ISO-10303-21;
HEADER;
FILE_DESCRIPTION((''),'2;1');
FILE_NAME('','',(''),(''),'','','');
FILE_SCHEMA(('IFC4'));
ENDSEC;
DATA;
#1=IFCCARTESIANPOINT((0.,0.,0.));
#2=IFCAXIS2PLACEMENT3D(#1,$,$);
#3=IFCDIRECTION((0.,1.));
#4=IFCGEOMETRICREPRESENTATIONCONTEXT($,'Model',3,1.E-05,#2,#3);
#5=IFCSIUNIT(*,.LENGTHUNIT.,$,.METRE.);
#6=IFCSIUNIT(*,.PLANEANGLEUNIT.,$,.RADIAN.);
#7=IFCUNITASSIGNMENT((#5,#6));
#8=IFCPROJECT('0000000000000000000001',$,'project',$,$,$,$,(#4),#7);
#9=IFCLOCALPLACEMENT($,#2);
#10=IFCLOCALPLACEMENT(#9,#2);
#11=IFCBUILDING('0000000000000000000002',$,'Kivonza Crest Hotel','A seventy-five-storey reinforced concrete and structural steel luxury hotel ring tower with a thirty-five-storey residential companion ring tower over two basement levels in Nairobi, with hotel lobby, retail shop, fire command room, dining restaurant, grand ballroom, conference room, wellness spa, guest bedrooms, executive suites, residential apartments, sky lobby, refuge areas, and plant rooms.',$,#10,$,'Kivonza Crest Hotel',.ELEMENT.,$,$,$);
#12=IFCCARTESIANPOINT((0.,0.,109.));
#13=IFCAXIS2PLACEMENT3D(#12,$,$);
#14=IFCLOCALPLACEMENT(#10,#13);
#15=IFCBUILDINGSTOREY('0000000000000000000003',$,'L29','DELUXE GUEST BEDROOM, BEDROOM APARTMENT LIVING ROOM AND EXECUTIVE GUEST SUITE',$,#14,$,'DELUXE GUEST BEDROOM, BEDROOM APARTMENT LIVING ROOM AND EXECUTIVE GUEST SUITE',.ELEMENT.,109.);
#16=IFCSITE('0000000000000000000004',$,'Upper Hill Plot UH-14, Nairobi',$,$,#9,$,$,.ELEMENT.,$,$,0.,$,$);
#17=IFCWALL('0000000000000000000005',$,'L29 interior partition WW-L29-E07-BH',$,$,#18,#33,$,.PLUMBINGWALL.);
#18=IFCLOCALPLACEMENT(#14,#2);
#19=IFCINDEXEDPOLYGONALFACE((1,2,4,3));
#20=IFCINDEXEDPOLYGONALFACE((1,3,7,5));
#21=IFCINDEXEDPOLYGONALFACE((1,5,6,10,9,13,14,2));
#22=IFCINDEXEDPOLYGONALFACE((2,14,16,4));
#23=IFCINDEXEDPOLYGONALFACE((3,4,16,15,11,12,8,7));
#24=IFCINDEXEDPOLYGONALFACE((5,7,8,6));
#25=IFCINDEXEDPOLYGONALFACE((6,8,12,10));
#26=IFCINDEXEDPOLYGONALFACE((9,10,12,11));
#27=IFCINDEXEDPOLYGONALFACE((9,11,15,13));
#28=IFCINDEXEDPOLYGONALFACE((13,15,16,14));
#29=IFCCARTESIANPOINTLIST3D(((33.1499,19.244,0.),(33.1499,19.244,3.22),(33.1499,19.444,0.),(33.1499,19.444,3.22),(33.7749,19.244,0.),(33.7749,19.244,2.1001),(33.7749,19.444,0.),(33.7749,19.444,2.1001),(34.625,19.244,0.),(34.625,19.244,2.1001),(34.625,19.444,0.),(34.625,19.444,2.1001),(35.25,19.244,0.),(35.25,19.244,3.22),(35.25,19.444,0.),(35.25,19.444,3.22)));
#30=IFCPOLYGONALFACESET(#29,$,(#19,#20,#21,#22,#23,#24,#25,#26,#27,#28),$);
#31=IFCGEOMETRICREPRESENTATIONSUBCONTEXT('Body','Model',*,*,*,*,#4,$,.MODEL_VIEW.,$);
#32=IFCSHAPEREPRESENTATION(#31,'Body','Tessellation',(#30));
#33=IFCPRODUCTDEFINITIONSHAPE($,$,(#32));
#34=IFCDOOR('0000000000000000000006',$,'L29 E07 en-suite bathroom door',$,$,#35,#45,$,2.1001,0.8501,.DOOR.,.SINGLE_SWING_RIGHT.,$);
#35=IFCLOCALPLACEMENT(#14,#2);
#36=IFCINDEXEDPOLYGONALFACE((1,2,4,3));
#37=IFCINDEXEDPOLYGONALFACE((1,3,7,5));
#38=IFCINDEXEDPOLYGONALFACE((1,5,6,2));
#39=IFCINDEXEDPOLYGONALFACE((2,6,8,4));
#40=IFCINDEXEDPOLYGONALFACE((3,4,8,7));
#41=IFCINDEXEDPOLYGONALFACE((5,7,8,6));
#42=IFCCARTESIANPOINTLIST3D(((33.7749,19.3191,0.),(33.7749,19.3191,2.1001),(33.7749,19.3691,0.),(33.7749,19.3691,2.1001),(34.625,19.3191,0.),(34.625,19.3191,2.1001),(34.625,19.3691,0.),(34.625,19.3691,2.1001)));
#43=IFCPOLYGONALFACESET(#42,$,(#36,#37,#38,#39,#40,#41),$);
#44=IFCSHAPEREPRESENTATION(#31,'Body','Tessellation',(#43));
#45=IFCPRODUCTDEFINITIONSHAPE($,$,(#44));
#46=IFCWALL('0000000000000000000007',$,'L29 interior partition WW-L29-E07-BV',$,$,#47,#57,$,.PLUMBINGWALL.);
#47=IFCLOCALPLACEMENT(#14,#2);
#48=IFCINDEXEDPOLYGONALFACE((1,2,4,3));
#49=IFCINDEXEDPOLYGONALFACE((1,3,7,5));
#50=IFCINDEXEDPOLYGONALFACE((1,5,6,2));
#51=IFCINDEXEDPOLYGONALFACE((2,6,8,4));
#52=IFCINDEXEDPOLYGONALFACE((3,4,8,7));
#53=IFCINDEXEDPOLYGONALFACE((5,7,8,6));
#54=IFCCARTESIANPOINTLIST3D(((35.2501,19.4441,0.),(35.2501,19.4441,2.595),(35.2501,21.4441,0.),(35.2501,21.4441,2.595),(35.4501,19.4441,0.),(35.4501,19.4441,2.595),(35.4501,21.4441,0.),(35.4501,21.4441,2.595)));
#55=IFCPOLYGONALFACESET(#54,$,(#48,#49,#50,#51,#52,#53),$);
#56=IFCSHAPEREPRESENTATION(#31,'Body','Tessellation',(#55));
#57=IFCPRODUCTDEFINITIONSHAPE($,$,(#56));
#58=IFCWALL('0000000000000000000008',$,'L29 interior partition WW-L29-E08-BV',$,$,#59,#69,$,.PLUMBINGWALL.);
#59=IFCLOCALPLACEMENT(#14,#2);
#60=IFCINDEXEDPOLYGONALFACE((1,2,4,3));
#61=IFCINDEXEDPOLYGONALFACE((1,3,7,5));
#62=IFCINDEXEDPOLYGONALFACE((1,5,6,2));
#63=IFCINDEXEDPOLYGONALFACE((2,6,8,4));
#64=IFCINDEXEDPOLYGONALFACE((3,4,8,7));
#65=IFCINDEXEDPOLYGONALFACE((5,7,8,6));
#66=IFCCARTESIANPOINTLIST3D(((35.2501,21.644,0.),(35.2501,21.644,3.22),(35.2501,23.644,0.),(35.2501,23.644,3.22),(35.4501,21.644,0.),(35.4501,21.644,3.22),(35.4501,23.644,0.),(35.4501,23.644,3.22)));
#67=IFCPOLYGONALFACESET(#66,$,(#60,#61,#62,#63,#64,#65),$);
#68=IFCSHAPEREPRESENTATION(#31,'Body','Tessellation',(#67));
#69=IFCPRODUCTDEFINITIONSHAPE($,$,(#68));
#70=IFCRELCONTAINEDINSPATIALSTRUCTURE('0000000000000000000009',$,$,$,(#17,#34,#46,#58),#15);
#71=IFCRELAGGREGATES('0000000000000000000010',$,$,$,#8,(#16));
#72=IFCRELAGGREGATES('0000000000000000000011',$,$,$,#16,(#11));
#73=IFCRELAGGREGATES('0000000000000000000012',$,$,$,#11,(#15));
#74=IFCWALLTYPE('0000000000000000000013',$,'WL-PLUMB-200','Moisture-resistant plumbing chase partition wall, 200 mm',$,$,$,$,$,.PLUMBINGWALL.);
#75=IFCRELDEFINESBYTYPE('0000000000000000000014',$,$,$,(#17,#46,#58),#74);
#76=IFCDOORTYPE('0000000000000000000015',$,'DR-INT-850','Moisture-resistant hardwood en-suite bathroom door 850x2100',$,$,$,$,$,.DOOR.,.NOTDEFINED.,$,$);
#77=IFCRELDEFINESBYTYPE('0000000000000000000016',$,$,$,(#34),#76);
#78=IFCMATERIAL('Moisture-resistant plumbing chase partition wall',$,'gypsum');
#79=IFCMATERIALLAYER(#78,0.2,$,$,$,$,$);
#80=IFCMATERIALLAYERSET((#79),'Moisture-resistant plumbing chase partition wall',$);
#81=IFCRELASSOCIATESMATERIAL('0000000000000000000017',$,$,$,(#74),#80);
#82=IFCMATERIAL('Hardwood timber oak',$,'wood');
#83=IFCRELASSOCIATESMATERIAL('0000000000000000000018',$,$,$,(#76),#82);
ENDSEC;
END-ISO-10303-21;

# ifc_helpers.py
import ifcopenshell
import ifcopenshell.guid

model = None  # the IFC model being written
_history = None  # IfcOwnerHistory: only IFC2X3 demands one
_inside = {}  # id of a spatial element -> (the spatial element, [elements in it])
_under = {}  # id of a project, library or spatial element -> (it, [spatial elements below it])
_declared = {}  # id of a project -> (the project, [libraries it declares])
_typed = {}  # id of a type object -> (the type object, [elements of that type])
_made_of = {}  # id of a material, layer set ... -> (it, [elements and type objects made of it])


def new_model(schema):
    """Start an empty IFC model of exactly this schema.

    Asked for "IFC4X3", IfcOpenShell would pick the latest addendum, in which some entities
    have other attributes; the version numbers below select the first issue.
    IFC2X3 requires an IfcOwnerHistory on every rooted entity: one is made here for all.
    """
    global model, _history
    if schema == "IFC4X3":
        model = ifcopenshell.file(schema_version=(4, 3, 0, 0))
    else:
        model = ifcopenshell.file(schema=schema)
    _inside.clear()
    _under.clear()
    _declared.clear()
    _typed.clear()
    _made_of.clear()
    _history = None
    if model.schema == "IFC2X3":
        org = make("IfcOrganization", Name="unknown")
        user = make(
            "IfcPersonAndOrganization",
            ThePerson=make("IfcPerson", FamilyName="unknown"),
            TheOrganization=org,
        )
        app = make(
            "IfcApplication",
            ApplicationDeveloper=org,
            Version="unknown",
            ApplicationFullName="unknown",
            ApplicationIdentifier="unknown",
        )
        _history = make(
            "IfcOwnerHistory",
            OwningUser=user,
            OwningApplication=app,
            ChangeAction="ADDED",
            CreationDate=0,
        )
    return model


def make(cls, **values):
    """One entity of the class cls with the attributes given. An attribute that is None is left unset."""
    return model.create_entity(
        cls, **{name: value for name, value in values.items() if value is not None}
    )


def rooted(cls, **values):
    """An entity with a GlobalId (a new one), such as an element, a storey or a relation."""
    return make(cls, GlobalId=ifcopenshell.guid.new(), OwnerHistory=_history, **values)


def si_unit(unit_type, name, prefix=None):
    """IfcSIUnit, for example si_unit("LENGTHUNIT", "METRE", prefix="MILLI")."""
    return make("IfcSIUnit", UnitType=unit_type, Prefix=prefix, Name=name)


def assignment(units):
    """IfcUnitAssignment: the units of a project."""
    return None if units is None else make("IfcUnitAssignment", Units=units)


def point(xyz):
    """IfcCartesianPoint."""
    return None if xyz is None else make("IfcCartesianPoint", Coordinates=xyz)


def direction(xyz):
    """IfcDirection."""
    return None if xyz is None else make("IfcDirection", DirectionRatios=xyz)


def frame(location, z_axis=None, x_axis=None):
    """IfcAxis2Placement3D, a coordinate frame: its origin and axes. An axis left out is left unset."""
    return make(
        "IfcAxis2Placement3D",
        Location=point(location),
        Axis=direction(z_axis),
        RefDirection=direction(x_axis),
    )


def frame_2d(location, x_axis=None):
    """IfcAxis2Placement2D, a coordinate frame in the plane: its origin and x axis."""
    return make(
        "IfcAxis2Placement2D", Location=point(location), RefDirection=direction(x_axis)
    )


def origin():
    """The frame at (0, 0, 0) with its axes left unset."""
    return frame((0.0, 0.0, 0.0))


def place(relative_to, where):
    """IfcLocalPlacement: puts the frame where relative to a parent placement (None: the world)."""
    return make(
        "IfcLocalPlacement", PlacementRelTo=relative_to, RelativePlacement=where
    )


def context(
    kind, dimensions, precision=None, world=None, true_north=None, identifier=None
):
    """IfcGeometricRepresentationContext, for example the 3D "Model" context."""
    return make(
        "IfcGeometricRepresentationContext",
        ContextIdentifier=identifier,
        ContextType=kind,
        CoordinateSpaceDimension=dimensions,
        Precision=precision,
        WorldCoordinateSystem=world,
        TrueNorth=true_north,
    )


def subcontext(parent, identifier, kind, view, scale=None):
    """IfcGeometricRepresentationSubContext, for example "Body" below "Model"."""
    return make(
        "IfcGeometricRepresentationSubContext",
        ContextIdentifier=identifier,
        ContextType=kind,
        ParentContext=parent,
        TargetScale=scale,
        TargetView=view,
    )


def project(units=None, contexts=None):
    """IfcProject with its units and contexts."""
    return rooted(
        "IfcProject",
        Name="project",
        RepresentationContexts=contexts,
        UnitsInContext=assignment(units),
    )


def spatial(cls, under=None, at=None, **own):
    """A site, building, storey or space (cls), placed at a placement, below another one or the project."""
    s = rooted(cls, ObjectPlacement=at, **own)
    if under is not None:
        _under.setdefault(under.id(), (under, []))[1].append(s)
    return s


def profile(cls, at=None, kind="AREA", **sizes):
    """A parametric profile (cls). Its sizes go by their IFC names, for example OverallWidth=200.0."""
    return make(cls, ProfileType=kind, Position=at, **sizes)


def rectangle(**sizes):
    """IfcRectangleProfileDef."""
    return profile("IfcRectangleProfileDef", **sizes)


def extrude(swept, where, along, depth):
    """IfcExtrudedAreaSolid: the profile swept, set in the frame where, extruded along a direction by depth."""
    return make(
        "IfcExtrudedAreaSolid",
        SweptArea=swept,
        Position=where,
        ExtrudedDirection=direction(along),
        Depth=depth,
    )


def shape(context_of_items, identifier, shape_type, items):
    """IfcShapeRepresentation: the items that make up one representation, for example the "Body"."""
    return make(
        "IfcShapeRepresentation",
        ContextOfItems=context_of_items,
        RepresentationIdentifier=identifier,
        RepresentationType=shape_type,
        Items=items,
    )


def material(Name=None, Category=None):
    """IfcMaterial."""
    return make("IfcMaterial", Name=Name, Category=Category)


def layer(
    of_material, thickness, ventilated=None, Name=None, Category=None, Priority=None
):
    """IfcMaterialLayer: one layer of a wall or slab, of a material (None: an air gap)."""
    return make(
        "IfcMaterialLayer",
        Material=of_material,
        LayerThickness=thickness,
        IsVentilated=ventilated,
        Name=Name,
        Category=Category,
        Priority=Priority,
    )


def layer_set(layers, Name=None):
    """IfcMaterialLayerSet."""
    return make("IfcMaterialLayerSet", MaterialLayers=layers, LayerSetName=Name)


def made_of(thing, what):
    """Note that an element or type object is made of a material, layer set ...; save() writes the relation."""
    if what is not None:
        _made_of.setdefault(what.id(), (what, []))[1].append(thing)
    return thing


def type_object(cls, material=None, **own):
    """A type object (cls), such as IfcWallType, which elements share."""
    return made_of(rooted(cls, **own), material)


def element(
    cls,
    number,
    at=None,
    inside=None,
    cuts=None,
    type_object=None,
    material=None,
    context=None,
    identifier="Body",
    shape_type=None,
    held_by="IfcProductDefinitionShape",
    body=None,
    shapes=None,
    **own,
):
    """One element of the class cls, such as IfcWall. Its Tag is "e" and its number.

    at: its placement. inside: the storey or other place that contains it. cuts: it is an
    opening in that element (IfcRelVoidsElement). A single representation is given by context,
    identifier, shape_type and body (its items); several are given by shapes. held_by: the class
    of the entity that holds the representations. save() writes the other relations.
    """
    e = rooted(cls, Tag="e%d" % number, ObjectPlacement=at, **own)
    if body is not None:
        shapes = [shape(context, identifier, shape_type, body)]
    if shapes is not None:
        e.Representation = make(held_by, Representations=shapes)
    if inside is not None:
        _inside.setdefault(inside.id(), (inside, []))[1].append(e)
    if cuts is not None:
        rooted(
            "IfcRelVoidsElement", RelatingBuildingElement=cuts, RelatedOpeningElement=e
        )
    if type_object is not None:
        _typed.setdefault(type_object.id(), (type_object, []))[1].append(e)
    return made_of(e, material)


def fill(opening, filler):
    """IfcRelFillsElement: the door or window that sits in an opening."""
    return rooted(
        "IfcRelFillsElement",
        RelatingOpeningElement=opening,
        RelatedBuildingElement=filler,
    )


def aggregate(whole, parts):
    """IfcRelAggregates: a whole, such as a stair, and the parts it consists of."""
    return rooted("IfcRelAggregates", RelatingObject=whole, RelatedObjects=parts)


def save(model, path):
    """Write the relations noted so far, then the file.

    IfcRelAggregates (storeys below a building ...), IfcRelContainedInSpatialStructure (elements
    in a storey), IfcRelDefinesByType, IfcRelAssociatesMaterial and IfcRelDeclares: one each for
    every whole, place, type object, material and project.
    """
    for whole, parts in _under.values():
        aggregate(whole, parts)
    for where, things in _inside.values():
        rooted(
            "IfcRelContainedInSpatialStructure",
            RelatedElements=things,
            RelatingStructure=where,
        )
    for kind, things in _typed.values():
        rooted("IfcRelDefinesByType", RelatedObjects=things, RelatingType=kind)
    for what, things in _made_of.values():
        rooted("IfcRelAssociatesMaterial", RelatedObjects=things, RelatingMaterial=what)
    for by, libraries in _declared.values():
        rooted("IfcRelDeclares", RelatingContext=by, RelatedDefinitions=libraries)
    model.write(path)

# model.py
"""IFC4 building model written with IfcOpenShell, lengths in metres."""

from ifc_helpers import new_model, si_unit, direction, frame, frame_2d, origin, place, context, subcontext, project, spatial, rectangle, extrude, material, layer, layer_set, type_object, element, fill, save


model = new_model("IFC4")

# Units and contexts
model_context = context("Model", 3, precision=1e-05, world=origin(), true_north=direction((0.0, 1.0)))
body_context = subcontext(model_context, "Body", "Model", "MODEL_VIEW")
ifc_project = project(units=[si_unit("LENGTHUNIT", "METRE"), si_unit("PLANEANGLEUNIT", "RADIAN")], contexts=[model_context])

# Site, building, storey
site_placement = place(None, origin())
site = spatial("IfcSite", under=ifc_project, at=site_placement, Name="Upper Hill Plot UH-14, Nairobi", CompositionType="ELEMENT", RefElevation=0.0)
building_placement = place(site_placement, origin())
building = spatial("IfcBuilding", under=site, at=building_placement, Name="Kivonza Crest Hotel", Description="A seventy-five-storey reinforced concrete and structural steel luxury hotel ring tower with a thirty-five-storey residential companion ring tower over two basement levels in Nairobi, with hotel lobby, retail shop, fire command room, dining restaurant, grand ballroom, conference room, wellness spa, guest bedrooms, executive suites, residential apartments, sky lobby, refuge areas, and plant rooms.", LongName="Kivonza Crest Hotel", CompositionType="ELEMENT")
storey_placement = place(building_placement, frame((0.0, 0.0, 109.0)))
storey = spatial("IfcBuildingStorey", under=building, at=storey_placement, Name="L29", Description="DELUXE GUEST BEDROOM, BEDROOM APARTMENT LIVING ROOM AND EXECUTIVE GUEST SUITE", LongName="DELUXE GUEST BEDROOM, BEDROOM APARTMENT LIVING ROOM AND EXECUTIVE GUEST SUITE", CompositionType="ELEMENT", Elevation=109.0)

# Wall, opening, door
ifc_material_1 = material(Name="Moisture-resistant plumbing chase partition wall", Category="gypsum")
ifc_layer_1 = layer(ifc_material_1, 0.2)
ifc_layer_set_1 = layer_set([ifc_layer_1], Name="Moisture-resistant plumbing chase partition wall")
wall_type_1 = type_object("IfcWallType", Name="WL-PLUMB-200", Description="Moisture-resistant plumbing chase partition wall, 200 mm", PredefinedType="PLUMBINGWALL", material=ifc_layer_set_1)
wall_1_placement = place(storey_placement, frame((33.1499, 19.344, 0.0), z_axis=(0.0, 0.0, 1.0), x_axis=(1.0, 0.0, 0.0)))
wall_1 = element("IfcWall", 1, at=wall_1_placement, inside=storey, type_object=wall_type_1, Name="L29 interior partition WW-L29-E07-BH", PredefinedType="PLUMBINGWALL", context=body_context, shape_type="SweptSolid", body=[
    extrude(rectangle(XDim=2.1001, YDim=0.2, at=frame_2d((1.05, 0.0))), origin(), (0.0, 0.0, 1.0), 3.22),
])
opening_placement = place(wall_1_placement, frame((0.625, 0.0, 0.0)))
opening = element("IfcOpeningElement", 2, at=opening_placement, cuts=wall_1, PredefinedType="OPENING", context=body_context, shape_type="SweptSolid", body=[
    extrude(rectangle(XDim=0.8501, YDim=2.1001, at=frame_2d((0.425, 1.05))), frame((0.0, 0.1099, 0.0), z_axis=(0.0, -1.0, 0.0), x_axis=(1.0, 0.0, 0.0)), (0.0, 0.0, 1.0), 0.22),
])
ifc_material_2 = material(Name="Hardwood timber oak", Category="wood")
door_type = type_object("IfcDoorType", Name="DR-INT-850", Description="Moisture-resistant hardwood en-suite bathroom door 850x2100", OperationType="NOTDEFINED", PredefinedType="DOOR", material=ifc_material_2)
door_placement = place(opening_placement, frame((0.8501, 0.0, 0.0), z_axis=(0.0, 0.0, 1.0), x_axis=(-1.0, 0.0, 0.0)))
door = element("IfcDoor", 3, at=door_placement, inside=storey, type_object=door_type, Name="L29 E07 en-suite bathroom door", OperationType="SINGLE_SWING_RIGHT", OverallHeight=2.1001, OverallWidth=0.8501, PredefinedType="DOOR", context=body_context, shape_type="SweptSolid", body=[
    extrude(rectangle(XDim=0.8501, YDim=2.1001, at=frame_2d((0.425, 1.05))), frame((0.0, 0.0249, 0.0), z_axis=(0.0, -1.0, 0.0), x_axis=(1.0, 0.0, 0.0)), (0.0, 0.0, 1.0), 0.05),
])
fill(opening, door)

# Walls
wall_2_placement = place(storey_placement, frame((35.3501, 19.4441, 0.0), z_axis=(0.0, 0.0, 1.0), x_axis=(0.0, 1.0, 0.0)))
element("IfcWall", 4, at=wall_2_placement, inside=storey, type_object=wall_type_1, Name="L29 interior partition WW-L29-E07-BV", PredefinedType="PLUMBINGWALL", context=body_context, shape_type="SweptSolid", body=[
    extrude(rectangle(XDim=2.0, YDim=0.2, at=frame_2d((1.0, 0.0))), origin(), (0.0, 0.0, 1.0), 2.595),
])
wall_3_placement = place(storey_placement, frame((35.3501, 21.644, 0.0), z_axis=(0.0, 0.0, 1.0), x_axis=(0.0, 1.0, 0.0)))
element("IfcWall", 5, at=wall_3_placement, inside=storey, type_object=wall_type_1, Name="L29 interior partition WW-L29-E08-BV", PredefinedType="PLUMBINGWALL", context=body_context, shape_type="SweptSolid", body=[
    extrude(rectangle(XDim=2.0, YDim=0.2, at=frame_2d((1.0, 0.0))), origin(), (0.0, 0.0, 1.0), 3.22),
])

save(model, "model.ifc")
